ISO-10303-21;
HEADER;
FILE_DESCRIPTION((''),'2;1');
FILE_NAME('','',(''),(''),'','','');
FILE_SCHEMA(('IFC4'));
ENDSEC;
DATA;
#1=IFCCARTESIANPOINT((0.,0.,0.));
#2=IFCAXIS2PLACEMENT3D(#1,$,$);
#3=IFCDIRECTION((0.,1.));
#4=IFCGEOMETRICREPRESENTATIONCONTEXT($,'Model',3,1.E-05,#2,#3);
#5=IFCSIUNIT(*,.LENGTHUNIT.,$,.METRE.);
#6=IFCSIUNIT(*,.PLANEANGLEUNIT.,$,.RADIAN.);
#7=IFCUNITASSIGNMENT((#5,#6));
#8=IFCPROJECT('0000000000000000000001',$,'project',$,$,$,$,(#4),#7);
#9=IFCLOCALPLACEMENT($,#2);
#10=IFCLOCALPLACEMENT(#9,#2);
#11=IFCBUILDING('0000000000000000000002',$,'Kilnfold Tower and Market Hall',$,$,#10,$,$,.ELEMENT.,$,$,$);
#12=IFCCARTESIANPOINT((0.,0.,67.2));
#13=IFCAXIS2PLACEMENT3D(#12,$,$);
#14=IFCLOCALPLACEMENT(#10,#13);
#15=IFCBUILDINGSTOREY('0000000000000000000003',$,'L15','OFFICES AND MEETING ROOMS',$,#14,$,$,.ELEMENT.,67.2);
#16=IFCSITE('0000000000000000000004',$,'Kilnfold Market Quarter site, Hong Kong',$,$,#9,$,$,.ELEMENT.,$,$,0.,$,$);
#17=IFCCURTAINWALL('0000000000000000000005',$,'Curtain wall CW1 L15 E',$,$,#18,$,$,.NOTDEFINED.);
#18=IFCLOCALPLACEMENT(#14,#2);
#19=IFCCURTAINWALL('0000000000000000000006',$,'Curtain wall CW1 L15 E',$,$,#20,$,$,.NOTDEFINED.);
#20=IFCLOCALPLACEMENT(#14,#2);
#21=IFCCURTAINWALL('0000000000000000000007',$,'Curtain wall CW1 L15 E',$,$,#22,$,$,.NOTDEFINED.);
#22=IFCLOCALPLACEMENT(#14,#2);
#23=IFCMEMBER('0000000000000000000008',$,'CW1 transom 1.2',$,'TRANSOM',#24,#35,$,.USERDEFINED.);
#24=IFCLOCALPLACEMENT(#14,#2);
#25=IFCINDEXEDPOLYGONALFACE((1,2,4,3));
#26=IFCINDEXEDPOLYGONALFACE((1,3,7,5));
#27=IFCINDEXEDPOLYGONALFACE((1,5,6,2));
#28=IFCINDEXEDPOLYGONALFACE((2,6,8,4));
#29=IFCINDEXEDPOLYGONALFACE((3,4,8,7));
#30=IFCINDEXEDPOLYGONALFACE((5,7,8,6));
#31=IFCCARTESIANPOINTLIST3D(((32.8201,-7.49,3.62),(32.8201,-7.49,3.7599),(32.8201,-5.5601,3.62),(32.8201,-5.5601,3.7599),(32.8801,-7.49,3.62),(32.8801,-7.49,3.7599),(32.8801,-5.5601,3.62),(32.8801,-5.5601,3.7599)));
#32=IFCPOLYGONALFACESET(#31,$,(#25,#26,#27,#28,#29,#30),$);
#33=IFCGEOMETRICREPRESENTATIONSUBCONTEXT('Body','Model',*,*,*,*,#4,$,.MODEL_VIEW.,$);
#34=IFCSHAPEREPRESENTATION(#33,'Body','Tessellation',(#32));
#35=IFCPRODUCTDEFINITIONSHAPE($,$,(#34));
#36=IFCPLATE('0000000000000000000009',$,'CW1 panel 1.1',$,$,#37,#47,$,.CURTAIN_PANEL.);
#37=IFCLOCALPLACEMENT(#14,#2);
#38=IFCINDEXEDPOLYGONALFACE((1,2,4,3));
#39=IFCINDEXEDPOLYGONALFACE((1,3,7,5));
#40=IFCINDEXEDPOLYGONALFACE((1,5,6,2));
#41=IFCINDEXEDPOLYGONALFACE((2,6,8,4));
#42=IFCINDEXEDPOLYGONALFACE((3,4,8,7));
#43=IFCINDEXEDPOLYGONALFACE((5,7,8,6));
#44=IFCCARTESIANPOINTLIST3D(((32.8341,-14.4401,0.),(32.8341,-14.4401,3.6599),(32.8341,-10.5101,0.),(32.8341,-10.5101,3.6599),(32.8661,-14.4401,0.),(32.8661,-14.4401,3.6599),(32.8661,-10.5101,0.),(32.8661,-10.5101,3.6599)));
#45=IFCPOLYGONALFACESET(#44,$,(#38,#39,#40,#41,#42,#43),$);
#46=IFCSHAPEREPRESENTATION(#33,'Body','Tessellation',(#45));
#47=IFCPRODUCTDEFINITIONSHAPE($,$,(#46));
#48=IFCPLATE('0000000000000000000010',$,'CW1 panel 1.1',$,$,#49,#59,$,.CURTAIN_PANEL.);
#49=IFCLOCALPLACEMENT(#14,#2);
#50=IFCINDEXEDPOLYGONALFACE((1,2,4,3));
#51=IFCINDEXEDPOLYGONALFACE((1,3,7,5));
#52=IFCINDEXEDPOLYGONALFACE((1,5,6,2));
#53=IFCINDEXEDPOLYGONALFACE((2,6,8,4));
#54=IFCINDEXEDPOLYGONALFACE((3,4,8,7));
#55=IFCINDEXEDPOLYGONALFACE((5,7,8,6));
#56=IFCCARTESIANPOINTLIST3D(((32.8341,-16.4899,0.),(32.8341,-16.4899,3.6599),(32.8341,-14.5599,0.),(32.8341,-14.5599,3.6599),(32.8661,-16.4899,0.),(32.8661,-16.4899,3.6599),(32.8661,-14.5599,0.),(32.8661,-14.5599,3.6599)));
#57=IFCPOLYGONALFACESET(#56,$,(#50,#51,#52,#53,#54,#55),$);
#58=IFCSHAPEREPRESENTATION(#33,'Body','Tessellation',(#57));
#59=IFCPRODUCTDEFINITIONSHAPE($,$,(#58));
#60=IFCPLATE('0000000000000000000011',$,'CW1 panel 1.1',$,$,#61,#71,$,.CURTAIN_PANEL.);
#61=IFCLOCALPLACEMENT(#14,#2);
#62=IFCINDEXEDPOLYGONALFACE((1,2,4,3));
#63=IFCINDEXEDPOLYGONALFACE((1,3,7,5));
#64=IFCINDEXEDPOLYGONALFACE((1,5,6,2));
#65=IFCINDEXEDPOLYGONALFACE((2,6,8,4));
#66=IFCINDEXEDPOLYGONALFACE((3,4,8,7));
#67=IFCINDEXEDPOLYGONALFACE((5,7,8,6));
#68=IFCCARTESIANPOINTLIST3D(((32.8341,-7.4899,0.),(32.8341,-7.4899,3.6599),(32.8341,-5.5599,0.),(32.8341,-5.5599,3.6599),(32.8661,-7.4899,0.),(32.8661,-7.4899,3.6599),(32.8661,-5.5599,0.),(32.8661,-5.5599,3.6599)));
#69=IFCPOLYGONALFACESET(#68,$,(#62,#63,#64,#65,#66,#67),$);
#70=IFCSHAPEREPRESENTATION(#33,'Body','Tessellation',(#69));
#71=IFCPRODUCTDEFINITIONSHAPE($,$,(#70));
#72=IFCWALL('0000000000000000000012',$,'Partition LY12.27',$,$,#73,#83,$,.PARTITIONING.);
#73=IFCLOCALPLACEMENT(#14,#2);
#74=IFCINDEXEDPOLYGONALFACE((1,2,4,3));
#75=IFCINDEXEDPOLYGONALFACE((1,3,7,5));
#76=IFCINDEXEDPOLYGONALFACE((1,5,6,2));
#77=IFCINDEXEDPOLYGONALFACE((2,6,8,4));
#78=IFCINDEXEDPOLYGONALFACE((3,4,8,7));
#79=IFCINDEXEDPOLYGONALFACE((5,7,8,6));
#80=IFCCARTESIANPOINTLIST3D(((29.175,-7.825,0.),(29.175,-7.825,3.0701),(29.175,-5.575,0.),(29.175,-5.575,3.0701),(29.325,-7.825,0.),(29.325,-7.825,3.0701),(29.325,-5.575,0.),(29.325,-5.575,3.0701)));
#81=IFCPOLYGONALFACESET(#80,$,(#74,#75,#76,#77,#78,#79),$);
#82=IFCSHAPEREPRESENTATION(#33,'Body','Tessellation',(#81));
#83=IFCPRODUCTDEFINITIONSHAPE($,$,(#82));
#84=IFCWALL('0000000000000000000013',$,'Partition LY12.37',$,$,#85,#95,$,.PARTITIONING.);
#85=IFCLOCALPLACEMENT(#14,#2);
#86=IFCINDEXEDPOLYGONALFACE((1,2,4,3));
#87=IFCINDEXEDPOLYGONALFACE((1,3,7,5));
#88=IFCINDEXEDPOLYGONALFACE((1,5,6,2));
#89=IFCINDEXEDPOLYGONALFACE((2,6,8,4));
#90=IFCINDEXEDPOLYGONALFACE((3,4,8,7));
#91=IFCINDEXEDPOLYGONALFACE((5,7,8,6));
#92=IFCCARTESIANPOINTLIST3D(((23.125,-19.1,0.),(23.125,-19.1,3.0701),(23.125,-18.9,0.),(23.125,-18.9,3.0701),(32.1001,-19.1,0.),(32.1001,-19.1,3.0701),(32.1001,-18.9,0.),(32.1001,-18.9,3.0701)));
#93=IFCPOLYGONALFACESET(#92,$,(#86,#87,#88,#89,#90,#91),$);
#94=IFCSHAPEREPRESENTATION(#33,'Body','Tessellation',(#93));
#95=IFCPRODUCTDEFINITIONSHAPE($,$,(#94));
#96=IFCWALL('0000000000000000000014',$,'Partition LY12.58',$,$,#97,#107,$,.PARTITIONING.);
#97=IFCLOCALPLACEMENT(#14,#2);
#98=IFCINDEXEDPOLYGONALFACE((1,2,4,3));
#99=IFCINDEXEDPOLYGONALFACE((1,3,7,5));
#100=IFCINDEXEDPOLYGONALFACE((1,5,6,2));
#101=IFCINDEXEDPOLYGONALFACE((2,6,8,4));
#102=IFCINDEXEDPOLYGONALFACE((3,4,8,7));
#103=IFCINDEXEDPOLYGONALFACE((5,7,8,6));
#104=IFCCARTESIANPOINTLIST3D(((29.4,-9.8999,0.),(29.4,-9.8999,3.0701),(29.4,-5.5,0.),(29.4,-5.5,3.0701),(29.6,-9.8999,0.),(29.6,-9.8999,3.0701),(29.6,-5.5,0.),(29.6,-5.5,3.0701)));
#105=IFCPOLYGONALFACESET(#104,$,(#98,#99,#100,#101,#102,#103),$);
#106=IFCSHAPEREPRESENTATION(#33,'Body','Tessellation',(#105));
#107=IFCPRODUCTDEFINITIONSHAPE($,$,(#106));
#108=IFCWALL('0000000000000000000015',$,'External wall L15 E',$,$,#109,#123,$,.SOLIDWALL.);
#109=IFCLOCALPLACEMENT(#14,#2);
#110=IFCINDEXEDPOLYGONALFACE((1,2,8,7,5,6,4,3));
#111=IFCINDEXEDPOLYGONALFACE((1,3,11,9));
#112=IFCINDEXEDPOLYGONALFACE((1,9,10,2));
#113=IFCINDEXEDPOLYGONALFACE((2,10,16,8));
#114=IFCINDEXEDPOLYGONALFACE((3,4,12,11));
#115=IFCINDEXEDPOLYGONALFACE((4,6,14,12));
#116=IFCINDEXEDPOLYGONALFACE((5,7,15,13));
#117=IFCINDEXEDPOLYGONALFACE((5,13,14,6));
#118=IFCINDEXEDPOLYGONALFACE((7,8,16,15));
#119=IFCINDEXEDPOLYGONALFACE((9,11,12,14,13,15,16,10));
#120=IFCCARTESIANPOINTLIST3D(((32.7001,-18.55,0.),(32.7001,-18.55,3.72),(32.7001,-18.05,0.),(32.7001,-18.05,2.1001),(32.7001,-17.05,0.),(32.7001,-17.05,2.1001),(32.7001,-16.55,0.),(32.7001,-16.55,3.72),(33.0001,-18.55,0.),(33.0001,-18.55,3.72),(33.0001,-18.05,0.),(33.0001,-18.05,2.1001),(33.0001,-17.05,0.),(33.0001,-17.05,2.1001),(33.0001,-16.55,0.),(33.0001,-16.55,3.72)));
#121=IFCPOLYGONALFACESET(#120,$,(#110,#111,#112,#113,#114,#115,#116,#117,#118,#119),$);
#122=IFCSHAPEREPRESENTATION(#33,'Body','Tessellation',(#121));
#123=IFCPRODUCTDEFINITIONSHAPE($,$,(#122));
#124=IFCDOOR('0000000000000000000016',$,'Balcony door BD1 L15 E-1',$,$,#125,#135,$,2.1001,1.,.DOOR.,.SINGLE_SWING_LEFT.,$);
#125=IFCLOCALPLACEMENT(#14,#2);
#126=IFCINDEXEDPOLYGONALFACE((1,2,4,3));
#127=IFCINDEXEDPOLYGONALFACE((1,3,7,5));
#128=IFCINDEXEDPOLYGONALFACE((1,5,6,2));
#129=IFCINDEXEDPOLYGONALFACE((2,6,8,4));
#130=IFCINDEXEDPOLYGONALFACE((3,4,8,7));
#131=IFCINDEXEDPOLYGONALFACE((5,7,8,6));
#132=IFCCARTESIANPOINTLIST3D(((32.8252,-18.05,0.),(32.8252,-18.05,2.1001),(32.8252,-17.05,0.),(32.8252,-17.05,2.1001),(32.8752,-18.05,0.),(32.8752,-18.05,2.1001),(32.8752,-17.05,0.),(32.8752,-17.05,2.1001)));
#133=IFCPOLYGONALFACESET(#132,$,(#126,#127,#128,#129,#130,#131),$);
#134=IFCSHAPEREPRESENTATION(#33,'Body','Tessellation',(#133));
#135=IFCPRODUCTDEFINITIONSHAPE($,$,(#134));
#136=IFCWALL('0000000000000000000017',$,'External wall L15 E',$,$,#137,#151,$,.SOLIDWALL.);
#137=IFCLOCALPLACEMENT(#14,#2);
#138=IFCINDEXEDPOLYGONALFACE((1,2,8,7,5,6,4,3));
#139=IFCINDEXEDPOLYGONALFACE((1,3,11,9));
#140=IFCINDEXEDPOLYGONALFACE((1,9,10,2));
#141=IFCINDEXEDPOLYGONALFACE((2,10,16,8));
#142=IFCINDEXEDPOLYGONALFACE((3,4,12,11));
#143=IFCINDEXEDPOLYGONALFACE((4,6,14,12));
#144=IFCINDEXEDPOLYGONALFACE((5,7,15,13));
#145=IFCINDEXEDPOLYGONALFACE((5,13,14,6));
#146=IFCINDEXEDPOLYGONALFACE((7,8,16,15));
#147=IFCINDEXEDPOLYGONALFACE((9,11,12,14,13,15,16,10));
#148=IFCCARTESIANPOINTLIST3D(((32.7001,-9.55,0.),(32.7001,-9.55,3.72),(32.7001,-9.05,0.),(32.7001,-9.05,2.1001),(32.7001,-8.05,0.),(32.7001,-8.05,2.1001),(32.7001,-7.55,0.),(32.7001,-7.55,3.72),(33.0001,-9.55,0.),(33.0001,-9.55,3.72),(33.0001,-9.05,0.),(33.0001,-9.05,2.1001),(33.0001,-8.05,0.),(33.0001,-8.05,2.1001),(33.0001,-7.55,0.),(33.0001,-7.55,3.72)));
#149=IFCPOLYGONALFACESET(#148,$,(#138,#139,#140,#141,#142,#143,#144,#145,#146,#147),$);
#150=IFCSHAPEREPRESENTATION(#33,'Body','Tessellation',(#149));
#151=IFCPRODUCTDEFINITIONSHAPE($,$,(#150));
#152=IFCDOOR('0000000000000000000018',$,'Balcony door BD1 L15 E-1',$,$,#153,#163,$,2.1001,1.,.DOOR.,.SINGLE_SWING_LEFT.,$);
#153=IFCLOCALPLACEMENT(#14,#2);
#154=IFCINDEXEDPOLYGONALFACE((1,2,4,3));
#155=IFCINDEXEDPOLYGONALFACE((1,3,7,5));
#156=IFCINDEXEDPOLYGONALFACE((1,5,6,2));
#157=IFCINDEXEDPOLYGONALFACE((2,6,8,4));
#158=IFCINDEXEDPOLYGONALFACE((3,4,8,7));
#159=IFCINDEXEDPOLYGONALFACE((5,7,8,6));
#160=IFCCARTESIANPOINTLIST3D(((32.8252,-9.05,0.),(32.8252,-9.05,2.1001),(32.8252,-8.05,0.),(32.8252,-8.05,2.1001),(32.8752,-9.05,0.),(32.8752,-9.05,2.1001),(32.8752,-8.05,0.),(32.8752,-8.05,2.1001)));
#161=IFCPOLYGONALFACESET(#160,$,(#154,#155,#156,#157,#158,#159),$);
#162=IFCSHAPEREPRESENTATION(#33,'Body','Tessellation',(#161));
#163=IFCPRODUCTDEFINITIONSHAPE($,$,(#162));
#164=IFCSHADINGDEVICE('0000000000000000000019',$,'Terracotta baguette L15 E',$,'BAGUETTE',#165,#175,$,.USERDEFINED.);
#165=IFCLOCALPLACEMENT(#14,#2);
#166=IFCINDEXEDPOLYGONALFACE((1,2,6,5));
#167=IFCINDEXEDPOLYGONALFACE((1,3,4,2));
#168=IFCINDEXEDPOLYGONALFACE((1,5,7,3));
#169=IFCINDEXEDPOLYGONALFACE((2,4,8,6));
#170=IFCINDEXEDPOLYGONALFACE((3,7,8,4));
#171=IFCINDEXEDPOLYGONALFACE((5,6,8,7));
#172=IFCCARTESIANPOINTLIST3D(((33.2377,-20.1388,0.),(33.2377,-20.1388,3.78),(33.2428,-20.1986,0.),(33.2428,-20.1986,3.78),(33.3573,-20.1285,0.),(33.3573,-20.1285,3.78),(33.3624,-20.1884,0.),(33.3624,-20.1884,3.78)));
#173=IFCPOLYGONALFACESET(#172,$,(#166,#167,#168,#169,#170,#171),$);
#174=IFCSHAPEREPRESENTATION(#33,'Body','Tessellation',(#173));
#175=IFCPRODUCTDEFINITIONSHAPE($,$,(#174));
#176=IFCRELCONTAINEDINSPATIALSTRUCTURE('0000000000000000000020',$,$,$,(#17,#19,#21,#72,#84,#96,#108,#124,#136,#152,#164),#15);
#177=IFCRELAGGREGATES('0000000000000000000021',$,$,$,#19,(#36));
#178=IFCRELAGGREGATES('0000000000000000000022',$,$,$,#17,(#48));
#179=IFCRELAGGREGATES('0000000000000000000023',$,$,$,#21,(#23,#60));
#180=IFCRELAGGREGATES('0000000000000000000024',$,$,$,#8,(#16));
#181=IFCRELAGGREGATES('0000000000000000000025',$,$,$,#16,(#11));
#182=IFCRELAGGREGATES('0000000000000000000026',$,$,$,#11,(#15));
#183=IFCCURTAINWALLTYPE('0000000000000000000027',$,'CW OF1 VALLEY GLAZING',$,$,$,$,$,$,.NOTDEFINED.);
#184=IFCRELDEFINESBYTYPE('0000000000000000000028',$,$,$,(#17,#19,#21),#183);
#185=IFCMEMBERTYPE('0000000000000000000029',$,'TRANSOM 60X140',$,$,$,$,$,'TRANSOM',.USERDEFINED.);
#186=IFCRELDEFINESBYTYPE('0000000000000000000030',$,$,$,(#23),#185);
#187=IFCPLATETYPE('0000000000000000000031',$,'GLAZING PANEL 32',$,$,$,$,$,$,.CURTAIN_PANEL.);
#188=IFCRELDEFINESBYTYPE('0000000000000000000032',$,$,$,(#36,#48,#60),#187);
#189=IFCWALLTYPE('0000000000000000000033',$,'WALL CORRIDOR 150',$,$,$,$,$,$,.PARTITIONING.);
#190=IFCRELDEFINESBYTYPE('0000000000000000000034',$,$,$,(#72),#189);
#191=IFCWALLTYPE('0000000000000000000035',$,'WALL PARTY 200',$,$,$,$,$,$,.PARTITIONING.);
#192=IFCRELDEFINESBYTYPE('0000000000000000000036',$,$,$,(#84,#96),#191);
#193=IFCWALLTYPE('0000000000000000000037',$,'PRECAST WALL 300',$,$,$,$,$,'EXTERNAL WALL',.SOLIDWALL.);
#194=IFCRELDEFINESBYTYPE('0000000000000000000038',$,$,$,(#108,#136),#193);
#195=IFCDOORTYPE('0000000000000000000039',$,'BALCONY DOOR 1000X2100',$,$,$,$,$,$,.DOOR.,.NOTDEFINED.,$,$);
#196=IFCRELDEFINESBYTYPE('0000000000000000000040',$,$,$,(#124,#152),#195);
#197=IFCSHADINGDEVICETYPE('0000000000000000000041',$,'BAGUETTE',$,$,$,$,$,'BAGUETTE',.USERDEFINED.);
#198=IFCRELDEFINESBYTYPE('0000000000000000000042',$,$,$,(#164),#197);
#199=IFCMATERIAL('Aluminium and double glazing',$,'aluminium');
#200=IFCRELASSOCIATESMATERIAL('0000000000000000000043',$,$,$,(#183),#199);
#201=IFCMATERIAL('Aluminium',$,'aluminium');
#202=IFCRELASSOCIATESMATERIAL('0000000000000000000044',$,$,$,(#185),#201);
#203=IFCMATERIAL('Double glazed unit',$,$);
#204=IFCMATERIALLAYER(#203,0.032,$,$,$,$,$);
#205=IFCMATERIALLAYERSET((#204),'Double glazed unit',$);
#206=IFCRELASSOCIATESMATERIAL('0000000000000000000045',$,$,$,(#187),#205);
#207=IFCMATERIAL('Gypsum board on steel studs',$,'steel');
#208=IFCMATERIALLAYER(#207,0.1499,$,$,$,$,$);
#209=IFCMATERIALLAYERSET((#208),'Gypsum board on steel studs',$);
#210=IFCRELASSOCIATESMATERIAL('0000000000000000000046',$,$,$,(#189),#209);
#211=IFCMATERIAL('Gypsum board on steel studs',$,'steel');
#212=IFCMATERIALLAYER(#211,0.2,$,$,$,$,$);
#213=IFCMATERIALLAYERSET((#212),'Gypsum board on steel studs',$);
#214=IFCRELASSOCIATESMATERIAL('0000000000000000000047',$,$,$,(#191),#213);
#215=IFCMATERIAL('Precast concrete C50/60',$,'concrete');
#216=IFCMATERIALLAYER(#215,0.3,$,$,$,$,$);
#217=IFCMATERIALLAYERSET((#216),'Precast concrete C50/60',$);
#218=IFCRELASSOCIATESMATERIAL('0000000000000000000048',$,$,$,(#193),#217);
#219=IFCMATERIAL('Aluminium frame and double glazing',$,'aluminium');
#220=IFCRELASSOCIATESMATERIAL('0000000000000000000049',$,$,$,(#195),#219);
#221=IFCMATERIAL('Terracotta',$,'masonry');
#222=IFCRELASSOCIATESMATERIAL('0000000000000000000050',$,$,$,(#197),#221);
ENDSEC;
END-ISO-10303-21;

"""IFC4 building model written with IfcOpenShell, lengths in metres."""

from ifc_helpers import new_model, si_unit, direction, frame, frame_2d, origin, origin_2d, place, context, subcontext, project, spatial, rectangle, extrude, source, transform, mapped, material, layer, layer_set, material_profile, profile_set, type_object, element, fill, aggregate, save


model = new_model("IFC4")

# Units and contexts
model_context = context("Model", 3, precision=1e-05, world=origin(), true_north=direction((0.0, 1.0)))
body_context = subcontext(model_context, "Body", "Model", "MODEL_VIEW")
ifc_project = project(units=[si_unit("LENGTHUNIT", "METRE"), si_unit("PLANEANGLEUNIT", "RADIAN")], contexts=[model_context])

# Site, building, storey
site_placement = place(None, origin())
site = spatial("IfcSite", under=ifc_project, at=site_placement, Name="Kilnfold Market Quarter site, Hong Kong", CompositionType="ELEMENT", RefElevation=0.0)
building_placement = place(site_placement, origin())
building = spatial("IfcBuilding", under=site, at=building_placement, Name="Kilnfold Tower and Market Hall", CompositionType="ELEMENT")
storey_placement = place(building_placement, frame((0.0, 0.0, 67.2)))
storey = spatial("IfcBuildingStorey", under=building, at=storey_placement, Name="L15", Description="OFFICES AND MEETING ROOMS", CompositionType="ELEMENT", Elevation=67.2)

# Shared definitions
ifc_material_1 = material(Name="Aluminium and double glazing", Category="aluminium")
curtain_wall_type = type_object("IfcCurtainWallType", Name="CW OF1 VALLEY GLAZING", PredefinedType="NOTDEFINED", material=ifc_material_1)

# Curtain walls
curtain_wall_1_placement = place(storey_placement, origin())
curtain_wall_1 = element("IfcCurtainWall", 1, at=curtain_wall_1_placement, inside=storey, type_object=curtain_wall_type, Name="Curtain wall CW1 L15 E", PredefinedType="NOTDEFINED")
curtain_wall_2_placement = place(storey_placement, origin())
curtain_wall_2 = element("IfcCurtainWall", 2, at=curtain_wall_2_placement, inside=storey, type_object=curtain_wall_type, Name="Curtain wall CW1 L15 E", PredefinedType="NOTDEFINED")

# Curtain wall
curtain_wall_3_placement = place(storey_placement, origin())
curtain_wall_3 = element("IfcCurtainWall", 3, at=curtain_wall_3_placement, inside=storey, type_object=curtain_wall_type, Name="Curtain wall CW1 L15 E", PredefinedType="NOTDEFINED")

# Member
ifc_material_2 = material(Name="Aluminium", Category="aluminium")
ifc_material_profile_1 = material_profile(ifc_material_2, rectangle(XDim=0.0601, YDim=0.1399, at=origin_2d()), Name="TRANSOM 60x140")
ifc_profile_set_1 = profile_set([ifc_material_profile_1], Name="Aluminium")
member_type_1 = type_object("IfcMemberType", Name="TRANSOM 60X140", ElementType="TRANSOM", PredefinedType="USERDEFINED", material=ifc_profile_set_1)
shared_shape_1 = source(origin(), body_context, "Body", "SweptSolid", [
    extrude(rectangle(XDim=0.0601, YDim=0.1399, at=origin_2d()), origin(), (0.0, 0.0, 1.0), 1.9299),
])
member_1_placement = place(storey_placement, frame((32.8501, -7.49, 3.6899), z_axis=(0.0, 1.0, 0.0), x_axis=(-1.0, 0.0, 0.0)))
member_1 = element("IfcMember", 4, at=member_1_placement, type_object=member_type_1, Name="CW1 transom 1.2", ObjectType="TRANSOM", PredefinedType="USERDEFINED", context=body_context, shape_type="MappedRepresentation", body=[
    mapped(shared_shape_1, transform((0.0, 0.0, 0.0))),
])

# Plates
ifc_material_3 = material(Name="Double glazed unit")
ifc_layer_1 = layer(ifc_material_3, 0.032)
ifc_layer_set_1 = layer_set([ifc_layer_1], Name="Double glazed unit")
plate_type = type_object("IfcPlateType", Name="GLAZING PANEL 32", PredefinedType="CURTAIN_PANEL", material=ifc_layer_set_1)
shared_shape_2 = source(origin(), body_context, "Body", "SweptSolid", [
    extrude(rectangle(XDim=3.9299, YDim=0.032, at=origin_2d()), origin(), (0.0, 0.0, 1.0), 3.6599),
])
plate_1_placement = place(storey_placement, frame((32.8501, -12.4751, 0.0), z_axis=(0.0, 0.0, 1.0), x_axis=(0.0, 1.0, 0.0)))
plate_1 = element("IfcPlate", 5, at=plate_1_placement, type_object=plate_type, Name="CW1 panel 1.1", PredefinedType="CURTAIN_PANEL", context=body_context, shape_type="MappedRepresentation", body=[
    mapped(shared_shape_2, transform((0.0, 0.0, 0.0))),
])
aggregate(curtain_wall_2, [plate_1])
shared_shape_3 = source(origin(), body_context, "Body", "SweptSolid", [
    extrude(rectangle(XDim=1.9299, YDim=0.032, at=origin_2d()), origin(), (0.0, 0.0, 1.0), 3.6599),
])
plate_2_placement = place(storey_placement, frame((32.8501, -15.5249, 0.0), z_axis=(0.0, 0.0, 1.0), x_axis=(0.0, 1.0, 0.0)))
plate_2 = element("IfcPlate", 6, at=plate_2_placement, type_object=plate_type, Name="CW1 panel 1.1", PredefinedType="CURTAIN_PANEL", context=body_context, shape_type="MappedRepresentation", body=[
    mapped(shared_shape_3, transform((0.0, 0.0, 0.0))),
])
aggregate(curtain_wall_1, [plate_2])
plate_3_placement = place(storey_placement, frame((32.8501, -6.5249, 0.0), z_axis=(0.0, 0.0, 1.0), x_axis=(0.0, 1.0, 0.0)))
plate_3 = element("IfcPlate", 7, at=plate_3_placement, type_object=plate_type, Name="CW1 panel 1.1", PredefinedType="CURTAIN_PANEL", context=body_context, shape_type="MappedRepresentation", body=[
    mapped(shared_shape_3, transform((0.0, 0.0, 0.0))),
])
aggregate(curtain_wall_3, [member_1, plate_3])

# Walls
ifc_material_4 = material(Name="Gypsum board on steel studs", Category="steel")
ifc_layer_2 = layer(ifc_material_4, 0.1499)
ifc_layer_set_2 = layer_set([ifc_layer_2], Name="Gypsum board on steel studs")
wall_type_1 = type_object("IfcWallType", Name="WALL CORRIDOR 150", PredefinedType="PARTITIONING", material=ifc_layer_set_2)
wall_1_placement = place(storey_placement, frame((29.25, -7.825, 0.0), z_axis=(0.0, 0.0, 1.0), x_axis=(0.0, 1.0, 0.0)))
element("IfcWall", 8, at=wall_1_placement, inside=storey, type_object=wall_type_1, Name="Partition LY12.27", PredefinedType="PARTITIONING", context=body_context, shape_type="SweptSolid", body=[
    extrude(rectangle(XDim=2.25, YDim=0.1499, at=frame_2d((1.125, 0.0))), origin(), (0.0, 0.0, 1.0), 3.0701),
])
ifc_material_5 = material(Name="Gypsum board on steel studs", Category="steel")
ifc_layer_3 = layer(ifc_material_5, 0.2)
ifc_layer_set_3 = layer_set([ifc_layer_3], Name="Gypsum board on steel studs")
wall_type_2 = type_object("IfcWallType", Name="WALL PARTY 200", PredefinedType="PARTITIONING", material=ifc_layer_set_3)
wall_2_placement = place(storey_placement, frame((23.125, -19.0, 0.0), z_axis=(0.0, 0.0, 1.0), x_axis=(1.0, 0.0, 0.0)))
element("IfcWall", 9, at=wall_2_placement, inside=storey, type_object=wall_type_2, Name="Partition LY12.37", PredefinedType="PARTITIONING", context=body_context, shape_type="SweptSolid", body=[
    extrude(rectangle(XDim=8.9751, YDim=0.2, at=frame_2d((4.4875, 0.0))), origin(), (0.0, 0.0, 1.0), 3.0701),
])
wall_3_placement = place(storey_placement, frame((29.5, -9.8999, 0.0), z_axis=(0.0, 0.0, 1.0), x_axis=(0.0, 1.0, 0.0)))
element("IfcWall", 10, at=wall_3_placement, inside=storey, type_object=wall_type_2, Name="Partition LY12.58", PredefinedType="PARTITIONING", context=body_context, shape_type="SweptSolid", body=[
    extrude(rectangle(XDim=4.3999, YDim=0.2, at=frame_2d((2.2, 0.0))), origin(), (0.0, 0.0, 1.0), 3.0701),
])

# Walls, openings, doors
ifc_material_6 = material(Name="Precast concrete C50/60", Category="concrete")
ifc_layer_4 = layer(ifc_material_6, 0.3)
ifc_layer_set_4 = layer_set([ifc_layer_4], Name="Precast concrete C50/60")
wall_type_3 = type_object("IfcWallType", Name="PRECAST WALL 300", ElementType="EXTERNAL WALL", PredefinedType="SOLIDWALL", material=ifc_layer_set_4)
shared_shape_4 = source(origin(), body_context, "Body", "SweptSolid", [
    extrude(rectangle(XDim=2.0, YDim=0.3, at=frame_2d((1.0, 0.0))), origin(), (0.0, 0.0, 1.0), 3.72),
])
wall_4_placement = place(storey_placement, frame((32.8501, -18.55, 0.0), z_axis=(0.0, 0.0, 1.0), x_axis=(0.0, 1.0, 0.0)))
wall_4 = element("IfcWall", 11, at=wall_4_placement, inside=storey, type_object=wall_type_3, Name="External wall L15 E", PredefinedType="SOLIDWALL", context=body_context, shape_type="MappedRepresentation", body=[
    mapped(shared_shape_4, transform((0.0, 0.0, 0.0))),
])
opening_1_placement = place(wall_4_placement, frame((0.5, 0.0, 0.0)))
opening_1 = element("IfcOpeningElement", 12, at=opening_1_placement, cuts=wall_4, PredefinedType="OPENING", context=body_context, shape_type="SweptSolid", body=[
    extrude(rectangle(XDim=1.0, YDim=2.1001, at=frame_2d((0.5, 1.05))), frame((0.0, 0.1602, 0.0), z_axis=(0.0, -1.0, 0.0), x_axis=(1.0, 0.0, 0.0)), (0.0, 0.0, 1.0), 0.3201),
])
ifc_material_7 = material(Name="Aluminium frame and double glazing", Category="aluminium")
door_type = type_object("IfcDoorType", Name="BALCONY DOOR 1000X2100", OperationType="NOTDEFINED", PredefinedType="DOOR", material=ifc_material_7)
door_1_placement = place(opening_1_placement, origin())
door_1 = element("IfcDoor", 13, at=door_1_placement, inside=storey, type_object=door_type, Name="Balcony door BD1 L15 E-1", OperationType="SINGLE_SWING_LEFT", OverallHeight=2.1001, OverallWidth=1.0, PredefinedType="DOOR", context=body_context, shape_type="SweptSolid", body=[
    extrude(rectangle(XDim=1.0, YDim=2.1001, at=frame_2d((0.5, 1.05))), frame((0.0, 0.0249, 0.0), z_axis=(0.0, -1.0, 0.0), x_axis=(1.0, 0.0, 0.0)), (0.0, 0.0, 1.0), 0.05),
])
fill(opening_1, door_1)
wall_5_placement = place(storey_placement, frame((32.8501, -9.55, 0.0), z_axis=(0.0, 0.0, 1.0), x_axis=(0.0, 1.0, 0.0)))
wall_5 = element("IfcWall", 14, at=wall_5_placement, inside=storey, type_object=wall_type_3, Name="External wall L15 E", PredefinedType="SOLIDWALL", context=body_context, shape_type="MappedRepresentation", body=[
    mapped(shared_shape_4, transform((0.0, 0.0, 0.0))),
])
opening_2_placement = place(wall_5_placement, frame((0.5, 0.0, 0.0)))
opening_2 = element("IfcOpeningElement", 15, at=opening_2_placement, cuts=wall_5, PredefinedType="OPENING", context=body_context, shape_type="SweptSolid", body=[
    extrude(rectangle(XDim=1.0, YDim=2.1001, at=frame_2d((0.5, 1.05))), frame((0.0, 0.1602, 0.0), z_axis=(0.0, -1.0, 0.0), x_axis=(1.0, 0.0, 0.0)), (0.0, 0.0, 1.0), 0.3201),
])
door_2_placement = place(opening_2_placement, origin())
door_2 = element("IfcDoor", 16, at=door_2_placement, inside=storey, type_object=door_type, Name="Balcony door BD1 L15 E-1", OperationType="SINGLE_SWING_LEFT", OverallHeight=2.1001, OverallWidth=1.0, PredefinedType="DOOR", context=body_context, shape_type="SweptSolid", body=[
    extrude(rectangle(XDim=1.0, YDim=2.1001, at=frame_2d((0.5, 1.05))), frame((0.0, 0.0249, 0.0), z_axis=(0.0, -1.0, 0.0), x_axis=(1.0, 0.0, 0.0)), (0.0, 0.0, 1.0), 0.05),
])
fill(opening_2, door_2)

# Shading device
ifc_material_8 = material(Name="Terracotta", Category="masonry")
ifc_material_profile_2 = material_profile(ifc_material_8, rectangle(XDim=0.0601, YDim=0.1201, at=origin_2d()), Name="BAG 60x120")
ifc_profile_set_2 = profile_set([ifc_material_profile_2], Name="Terracotta")
shading_device_type = type_object("IfcShadingDeviceType", Name="BAGUETTE", ElementType="BAGUETTE", PredefinedType="USERDEFINED", material=ifc_profile_set_2)
shared_shape_5 = source(origin(), body_context, "Body", "SweptSolid", [
    extrude(rectangle(XDim=0.0601, YDim=0.1201, at=origin_2d()), origin(), (0.0, 0.0, 1.0), 3.78),
])
for number, where, z_axis, x_axis, name in (
    (17, (33.3, -20.1636, 0.0), (0.0, 0.0, 1.0), (-0.084986, 0.996382, 0.0), "Terracotta baguette L15 E"),
):
    element("IfcShadingDevice", number, at=place(storey_placement, frame(where, z_axis=z_axis, x_axis=x_axis)), inside=storey, type_object=shading_device_type, Name=name, ObjectType="BAGUETTE", PredefinedType="USERDEFINED", context=body_context, shape_type="MappedRepresentation", body=[
        mapped(shared_shape_5, transform((0.0, 0.0, 0.0))),
    ])

save(model, "model.ifc")
